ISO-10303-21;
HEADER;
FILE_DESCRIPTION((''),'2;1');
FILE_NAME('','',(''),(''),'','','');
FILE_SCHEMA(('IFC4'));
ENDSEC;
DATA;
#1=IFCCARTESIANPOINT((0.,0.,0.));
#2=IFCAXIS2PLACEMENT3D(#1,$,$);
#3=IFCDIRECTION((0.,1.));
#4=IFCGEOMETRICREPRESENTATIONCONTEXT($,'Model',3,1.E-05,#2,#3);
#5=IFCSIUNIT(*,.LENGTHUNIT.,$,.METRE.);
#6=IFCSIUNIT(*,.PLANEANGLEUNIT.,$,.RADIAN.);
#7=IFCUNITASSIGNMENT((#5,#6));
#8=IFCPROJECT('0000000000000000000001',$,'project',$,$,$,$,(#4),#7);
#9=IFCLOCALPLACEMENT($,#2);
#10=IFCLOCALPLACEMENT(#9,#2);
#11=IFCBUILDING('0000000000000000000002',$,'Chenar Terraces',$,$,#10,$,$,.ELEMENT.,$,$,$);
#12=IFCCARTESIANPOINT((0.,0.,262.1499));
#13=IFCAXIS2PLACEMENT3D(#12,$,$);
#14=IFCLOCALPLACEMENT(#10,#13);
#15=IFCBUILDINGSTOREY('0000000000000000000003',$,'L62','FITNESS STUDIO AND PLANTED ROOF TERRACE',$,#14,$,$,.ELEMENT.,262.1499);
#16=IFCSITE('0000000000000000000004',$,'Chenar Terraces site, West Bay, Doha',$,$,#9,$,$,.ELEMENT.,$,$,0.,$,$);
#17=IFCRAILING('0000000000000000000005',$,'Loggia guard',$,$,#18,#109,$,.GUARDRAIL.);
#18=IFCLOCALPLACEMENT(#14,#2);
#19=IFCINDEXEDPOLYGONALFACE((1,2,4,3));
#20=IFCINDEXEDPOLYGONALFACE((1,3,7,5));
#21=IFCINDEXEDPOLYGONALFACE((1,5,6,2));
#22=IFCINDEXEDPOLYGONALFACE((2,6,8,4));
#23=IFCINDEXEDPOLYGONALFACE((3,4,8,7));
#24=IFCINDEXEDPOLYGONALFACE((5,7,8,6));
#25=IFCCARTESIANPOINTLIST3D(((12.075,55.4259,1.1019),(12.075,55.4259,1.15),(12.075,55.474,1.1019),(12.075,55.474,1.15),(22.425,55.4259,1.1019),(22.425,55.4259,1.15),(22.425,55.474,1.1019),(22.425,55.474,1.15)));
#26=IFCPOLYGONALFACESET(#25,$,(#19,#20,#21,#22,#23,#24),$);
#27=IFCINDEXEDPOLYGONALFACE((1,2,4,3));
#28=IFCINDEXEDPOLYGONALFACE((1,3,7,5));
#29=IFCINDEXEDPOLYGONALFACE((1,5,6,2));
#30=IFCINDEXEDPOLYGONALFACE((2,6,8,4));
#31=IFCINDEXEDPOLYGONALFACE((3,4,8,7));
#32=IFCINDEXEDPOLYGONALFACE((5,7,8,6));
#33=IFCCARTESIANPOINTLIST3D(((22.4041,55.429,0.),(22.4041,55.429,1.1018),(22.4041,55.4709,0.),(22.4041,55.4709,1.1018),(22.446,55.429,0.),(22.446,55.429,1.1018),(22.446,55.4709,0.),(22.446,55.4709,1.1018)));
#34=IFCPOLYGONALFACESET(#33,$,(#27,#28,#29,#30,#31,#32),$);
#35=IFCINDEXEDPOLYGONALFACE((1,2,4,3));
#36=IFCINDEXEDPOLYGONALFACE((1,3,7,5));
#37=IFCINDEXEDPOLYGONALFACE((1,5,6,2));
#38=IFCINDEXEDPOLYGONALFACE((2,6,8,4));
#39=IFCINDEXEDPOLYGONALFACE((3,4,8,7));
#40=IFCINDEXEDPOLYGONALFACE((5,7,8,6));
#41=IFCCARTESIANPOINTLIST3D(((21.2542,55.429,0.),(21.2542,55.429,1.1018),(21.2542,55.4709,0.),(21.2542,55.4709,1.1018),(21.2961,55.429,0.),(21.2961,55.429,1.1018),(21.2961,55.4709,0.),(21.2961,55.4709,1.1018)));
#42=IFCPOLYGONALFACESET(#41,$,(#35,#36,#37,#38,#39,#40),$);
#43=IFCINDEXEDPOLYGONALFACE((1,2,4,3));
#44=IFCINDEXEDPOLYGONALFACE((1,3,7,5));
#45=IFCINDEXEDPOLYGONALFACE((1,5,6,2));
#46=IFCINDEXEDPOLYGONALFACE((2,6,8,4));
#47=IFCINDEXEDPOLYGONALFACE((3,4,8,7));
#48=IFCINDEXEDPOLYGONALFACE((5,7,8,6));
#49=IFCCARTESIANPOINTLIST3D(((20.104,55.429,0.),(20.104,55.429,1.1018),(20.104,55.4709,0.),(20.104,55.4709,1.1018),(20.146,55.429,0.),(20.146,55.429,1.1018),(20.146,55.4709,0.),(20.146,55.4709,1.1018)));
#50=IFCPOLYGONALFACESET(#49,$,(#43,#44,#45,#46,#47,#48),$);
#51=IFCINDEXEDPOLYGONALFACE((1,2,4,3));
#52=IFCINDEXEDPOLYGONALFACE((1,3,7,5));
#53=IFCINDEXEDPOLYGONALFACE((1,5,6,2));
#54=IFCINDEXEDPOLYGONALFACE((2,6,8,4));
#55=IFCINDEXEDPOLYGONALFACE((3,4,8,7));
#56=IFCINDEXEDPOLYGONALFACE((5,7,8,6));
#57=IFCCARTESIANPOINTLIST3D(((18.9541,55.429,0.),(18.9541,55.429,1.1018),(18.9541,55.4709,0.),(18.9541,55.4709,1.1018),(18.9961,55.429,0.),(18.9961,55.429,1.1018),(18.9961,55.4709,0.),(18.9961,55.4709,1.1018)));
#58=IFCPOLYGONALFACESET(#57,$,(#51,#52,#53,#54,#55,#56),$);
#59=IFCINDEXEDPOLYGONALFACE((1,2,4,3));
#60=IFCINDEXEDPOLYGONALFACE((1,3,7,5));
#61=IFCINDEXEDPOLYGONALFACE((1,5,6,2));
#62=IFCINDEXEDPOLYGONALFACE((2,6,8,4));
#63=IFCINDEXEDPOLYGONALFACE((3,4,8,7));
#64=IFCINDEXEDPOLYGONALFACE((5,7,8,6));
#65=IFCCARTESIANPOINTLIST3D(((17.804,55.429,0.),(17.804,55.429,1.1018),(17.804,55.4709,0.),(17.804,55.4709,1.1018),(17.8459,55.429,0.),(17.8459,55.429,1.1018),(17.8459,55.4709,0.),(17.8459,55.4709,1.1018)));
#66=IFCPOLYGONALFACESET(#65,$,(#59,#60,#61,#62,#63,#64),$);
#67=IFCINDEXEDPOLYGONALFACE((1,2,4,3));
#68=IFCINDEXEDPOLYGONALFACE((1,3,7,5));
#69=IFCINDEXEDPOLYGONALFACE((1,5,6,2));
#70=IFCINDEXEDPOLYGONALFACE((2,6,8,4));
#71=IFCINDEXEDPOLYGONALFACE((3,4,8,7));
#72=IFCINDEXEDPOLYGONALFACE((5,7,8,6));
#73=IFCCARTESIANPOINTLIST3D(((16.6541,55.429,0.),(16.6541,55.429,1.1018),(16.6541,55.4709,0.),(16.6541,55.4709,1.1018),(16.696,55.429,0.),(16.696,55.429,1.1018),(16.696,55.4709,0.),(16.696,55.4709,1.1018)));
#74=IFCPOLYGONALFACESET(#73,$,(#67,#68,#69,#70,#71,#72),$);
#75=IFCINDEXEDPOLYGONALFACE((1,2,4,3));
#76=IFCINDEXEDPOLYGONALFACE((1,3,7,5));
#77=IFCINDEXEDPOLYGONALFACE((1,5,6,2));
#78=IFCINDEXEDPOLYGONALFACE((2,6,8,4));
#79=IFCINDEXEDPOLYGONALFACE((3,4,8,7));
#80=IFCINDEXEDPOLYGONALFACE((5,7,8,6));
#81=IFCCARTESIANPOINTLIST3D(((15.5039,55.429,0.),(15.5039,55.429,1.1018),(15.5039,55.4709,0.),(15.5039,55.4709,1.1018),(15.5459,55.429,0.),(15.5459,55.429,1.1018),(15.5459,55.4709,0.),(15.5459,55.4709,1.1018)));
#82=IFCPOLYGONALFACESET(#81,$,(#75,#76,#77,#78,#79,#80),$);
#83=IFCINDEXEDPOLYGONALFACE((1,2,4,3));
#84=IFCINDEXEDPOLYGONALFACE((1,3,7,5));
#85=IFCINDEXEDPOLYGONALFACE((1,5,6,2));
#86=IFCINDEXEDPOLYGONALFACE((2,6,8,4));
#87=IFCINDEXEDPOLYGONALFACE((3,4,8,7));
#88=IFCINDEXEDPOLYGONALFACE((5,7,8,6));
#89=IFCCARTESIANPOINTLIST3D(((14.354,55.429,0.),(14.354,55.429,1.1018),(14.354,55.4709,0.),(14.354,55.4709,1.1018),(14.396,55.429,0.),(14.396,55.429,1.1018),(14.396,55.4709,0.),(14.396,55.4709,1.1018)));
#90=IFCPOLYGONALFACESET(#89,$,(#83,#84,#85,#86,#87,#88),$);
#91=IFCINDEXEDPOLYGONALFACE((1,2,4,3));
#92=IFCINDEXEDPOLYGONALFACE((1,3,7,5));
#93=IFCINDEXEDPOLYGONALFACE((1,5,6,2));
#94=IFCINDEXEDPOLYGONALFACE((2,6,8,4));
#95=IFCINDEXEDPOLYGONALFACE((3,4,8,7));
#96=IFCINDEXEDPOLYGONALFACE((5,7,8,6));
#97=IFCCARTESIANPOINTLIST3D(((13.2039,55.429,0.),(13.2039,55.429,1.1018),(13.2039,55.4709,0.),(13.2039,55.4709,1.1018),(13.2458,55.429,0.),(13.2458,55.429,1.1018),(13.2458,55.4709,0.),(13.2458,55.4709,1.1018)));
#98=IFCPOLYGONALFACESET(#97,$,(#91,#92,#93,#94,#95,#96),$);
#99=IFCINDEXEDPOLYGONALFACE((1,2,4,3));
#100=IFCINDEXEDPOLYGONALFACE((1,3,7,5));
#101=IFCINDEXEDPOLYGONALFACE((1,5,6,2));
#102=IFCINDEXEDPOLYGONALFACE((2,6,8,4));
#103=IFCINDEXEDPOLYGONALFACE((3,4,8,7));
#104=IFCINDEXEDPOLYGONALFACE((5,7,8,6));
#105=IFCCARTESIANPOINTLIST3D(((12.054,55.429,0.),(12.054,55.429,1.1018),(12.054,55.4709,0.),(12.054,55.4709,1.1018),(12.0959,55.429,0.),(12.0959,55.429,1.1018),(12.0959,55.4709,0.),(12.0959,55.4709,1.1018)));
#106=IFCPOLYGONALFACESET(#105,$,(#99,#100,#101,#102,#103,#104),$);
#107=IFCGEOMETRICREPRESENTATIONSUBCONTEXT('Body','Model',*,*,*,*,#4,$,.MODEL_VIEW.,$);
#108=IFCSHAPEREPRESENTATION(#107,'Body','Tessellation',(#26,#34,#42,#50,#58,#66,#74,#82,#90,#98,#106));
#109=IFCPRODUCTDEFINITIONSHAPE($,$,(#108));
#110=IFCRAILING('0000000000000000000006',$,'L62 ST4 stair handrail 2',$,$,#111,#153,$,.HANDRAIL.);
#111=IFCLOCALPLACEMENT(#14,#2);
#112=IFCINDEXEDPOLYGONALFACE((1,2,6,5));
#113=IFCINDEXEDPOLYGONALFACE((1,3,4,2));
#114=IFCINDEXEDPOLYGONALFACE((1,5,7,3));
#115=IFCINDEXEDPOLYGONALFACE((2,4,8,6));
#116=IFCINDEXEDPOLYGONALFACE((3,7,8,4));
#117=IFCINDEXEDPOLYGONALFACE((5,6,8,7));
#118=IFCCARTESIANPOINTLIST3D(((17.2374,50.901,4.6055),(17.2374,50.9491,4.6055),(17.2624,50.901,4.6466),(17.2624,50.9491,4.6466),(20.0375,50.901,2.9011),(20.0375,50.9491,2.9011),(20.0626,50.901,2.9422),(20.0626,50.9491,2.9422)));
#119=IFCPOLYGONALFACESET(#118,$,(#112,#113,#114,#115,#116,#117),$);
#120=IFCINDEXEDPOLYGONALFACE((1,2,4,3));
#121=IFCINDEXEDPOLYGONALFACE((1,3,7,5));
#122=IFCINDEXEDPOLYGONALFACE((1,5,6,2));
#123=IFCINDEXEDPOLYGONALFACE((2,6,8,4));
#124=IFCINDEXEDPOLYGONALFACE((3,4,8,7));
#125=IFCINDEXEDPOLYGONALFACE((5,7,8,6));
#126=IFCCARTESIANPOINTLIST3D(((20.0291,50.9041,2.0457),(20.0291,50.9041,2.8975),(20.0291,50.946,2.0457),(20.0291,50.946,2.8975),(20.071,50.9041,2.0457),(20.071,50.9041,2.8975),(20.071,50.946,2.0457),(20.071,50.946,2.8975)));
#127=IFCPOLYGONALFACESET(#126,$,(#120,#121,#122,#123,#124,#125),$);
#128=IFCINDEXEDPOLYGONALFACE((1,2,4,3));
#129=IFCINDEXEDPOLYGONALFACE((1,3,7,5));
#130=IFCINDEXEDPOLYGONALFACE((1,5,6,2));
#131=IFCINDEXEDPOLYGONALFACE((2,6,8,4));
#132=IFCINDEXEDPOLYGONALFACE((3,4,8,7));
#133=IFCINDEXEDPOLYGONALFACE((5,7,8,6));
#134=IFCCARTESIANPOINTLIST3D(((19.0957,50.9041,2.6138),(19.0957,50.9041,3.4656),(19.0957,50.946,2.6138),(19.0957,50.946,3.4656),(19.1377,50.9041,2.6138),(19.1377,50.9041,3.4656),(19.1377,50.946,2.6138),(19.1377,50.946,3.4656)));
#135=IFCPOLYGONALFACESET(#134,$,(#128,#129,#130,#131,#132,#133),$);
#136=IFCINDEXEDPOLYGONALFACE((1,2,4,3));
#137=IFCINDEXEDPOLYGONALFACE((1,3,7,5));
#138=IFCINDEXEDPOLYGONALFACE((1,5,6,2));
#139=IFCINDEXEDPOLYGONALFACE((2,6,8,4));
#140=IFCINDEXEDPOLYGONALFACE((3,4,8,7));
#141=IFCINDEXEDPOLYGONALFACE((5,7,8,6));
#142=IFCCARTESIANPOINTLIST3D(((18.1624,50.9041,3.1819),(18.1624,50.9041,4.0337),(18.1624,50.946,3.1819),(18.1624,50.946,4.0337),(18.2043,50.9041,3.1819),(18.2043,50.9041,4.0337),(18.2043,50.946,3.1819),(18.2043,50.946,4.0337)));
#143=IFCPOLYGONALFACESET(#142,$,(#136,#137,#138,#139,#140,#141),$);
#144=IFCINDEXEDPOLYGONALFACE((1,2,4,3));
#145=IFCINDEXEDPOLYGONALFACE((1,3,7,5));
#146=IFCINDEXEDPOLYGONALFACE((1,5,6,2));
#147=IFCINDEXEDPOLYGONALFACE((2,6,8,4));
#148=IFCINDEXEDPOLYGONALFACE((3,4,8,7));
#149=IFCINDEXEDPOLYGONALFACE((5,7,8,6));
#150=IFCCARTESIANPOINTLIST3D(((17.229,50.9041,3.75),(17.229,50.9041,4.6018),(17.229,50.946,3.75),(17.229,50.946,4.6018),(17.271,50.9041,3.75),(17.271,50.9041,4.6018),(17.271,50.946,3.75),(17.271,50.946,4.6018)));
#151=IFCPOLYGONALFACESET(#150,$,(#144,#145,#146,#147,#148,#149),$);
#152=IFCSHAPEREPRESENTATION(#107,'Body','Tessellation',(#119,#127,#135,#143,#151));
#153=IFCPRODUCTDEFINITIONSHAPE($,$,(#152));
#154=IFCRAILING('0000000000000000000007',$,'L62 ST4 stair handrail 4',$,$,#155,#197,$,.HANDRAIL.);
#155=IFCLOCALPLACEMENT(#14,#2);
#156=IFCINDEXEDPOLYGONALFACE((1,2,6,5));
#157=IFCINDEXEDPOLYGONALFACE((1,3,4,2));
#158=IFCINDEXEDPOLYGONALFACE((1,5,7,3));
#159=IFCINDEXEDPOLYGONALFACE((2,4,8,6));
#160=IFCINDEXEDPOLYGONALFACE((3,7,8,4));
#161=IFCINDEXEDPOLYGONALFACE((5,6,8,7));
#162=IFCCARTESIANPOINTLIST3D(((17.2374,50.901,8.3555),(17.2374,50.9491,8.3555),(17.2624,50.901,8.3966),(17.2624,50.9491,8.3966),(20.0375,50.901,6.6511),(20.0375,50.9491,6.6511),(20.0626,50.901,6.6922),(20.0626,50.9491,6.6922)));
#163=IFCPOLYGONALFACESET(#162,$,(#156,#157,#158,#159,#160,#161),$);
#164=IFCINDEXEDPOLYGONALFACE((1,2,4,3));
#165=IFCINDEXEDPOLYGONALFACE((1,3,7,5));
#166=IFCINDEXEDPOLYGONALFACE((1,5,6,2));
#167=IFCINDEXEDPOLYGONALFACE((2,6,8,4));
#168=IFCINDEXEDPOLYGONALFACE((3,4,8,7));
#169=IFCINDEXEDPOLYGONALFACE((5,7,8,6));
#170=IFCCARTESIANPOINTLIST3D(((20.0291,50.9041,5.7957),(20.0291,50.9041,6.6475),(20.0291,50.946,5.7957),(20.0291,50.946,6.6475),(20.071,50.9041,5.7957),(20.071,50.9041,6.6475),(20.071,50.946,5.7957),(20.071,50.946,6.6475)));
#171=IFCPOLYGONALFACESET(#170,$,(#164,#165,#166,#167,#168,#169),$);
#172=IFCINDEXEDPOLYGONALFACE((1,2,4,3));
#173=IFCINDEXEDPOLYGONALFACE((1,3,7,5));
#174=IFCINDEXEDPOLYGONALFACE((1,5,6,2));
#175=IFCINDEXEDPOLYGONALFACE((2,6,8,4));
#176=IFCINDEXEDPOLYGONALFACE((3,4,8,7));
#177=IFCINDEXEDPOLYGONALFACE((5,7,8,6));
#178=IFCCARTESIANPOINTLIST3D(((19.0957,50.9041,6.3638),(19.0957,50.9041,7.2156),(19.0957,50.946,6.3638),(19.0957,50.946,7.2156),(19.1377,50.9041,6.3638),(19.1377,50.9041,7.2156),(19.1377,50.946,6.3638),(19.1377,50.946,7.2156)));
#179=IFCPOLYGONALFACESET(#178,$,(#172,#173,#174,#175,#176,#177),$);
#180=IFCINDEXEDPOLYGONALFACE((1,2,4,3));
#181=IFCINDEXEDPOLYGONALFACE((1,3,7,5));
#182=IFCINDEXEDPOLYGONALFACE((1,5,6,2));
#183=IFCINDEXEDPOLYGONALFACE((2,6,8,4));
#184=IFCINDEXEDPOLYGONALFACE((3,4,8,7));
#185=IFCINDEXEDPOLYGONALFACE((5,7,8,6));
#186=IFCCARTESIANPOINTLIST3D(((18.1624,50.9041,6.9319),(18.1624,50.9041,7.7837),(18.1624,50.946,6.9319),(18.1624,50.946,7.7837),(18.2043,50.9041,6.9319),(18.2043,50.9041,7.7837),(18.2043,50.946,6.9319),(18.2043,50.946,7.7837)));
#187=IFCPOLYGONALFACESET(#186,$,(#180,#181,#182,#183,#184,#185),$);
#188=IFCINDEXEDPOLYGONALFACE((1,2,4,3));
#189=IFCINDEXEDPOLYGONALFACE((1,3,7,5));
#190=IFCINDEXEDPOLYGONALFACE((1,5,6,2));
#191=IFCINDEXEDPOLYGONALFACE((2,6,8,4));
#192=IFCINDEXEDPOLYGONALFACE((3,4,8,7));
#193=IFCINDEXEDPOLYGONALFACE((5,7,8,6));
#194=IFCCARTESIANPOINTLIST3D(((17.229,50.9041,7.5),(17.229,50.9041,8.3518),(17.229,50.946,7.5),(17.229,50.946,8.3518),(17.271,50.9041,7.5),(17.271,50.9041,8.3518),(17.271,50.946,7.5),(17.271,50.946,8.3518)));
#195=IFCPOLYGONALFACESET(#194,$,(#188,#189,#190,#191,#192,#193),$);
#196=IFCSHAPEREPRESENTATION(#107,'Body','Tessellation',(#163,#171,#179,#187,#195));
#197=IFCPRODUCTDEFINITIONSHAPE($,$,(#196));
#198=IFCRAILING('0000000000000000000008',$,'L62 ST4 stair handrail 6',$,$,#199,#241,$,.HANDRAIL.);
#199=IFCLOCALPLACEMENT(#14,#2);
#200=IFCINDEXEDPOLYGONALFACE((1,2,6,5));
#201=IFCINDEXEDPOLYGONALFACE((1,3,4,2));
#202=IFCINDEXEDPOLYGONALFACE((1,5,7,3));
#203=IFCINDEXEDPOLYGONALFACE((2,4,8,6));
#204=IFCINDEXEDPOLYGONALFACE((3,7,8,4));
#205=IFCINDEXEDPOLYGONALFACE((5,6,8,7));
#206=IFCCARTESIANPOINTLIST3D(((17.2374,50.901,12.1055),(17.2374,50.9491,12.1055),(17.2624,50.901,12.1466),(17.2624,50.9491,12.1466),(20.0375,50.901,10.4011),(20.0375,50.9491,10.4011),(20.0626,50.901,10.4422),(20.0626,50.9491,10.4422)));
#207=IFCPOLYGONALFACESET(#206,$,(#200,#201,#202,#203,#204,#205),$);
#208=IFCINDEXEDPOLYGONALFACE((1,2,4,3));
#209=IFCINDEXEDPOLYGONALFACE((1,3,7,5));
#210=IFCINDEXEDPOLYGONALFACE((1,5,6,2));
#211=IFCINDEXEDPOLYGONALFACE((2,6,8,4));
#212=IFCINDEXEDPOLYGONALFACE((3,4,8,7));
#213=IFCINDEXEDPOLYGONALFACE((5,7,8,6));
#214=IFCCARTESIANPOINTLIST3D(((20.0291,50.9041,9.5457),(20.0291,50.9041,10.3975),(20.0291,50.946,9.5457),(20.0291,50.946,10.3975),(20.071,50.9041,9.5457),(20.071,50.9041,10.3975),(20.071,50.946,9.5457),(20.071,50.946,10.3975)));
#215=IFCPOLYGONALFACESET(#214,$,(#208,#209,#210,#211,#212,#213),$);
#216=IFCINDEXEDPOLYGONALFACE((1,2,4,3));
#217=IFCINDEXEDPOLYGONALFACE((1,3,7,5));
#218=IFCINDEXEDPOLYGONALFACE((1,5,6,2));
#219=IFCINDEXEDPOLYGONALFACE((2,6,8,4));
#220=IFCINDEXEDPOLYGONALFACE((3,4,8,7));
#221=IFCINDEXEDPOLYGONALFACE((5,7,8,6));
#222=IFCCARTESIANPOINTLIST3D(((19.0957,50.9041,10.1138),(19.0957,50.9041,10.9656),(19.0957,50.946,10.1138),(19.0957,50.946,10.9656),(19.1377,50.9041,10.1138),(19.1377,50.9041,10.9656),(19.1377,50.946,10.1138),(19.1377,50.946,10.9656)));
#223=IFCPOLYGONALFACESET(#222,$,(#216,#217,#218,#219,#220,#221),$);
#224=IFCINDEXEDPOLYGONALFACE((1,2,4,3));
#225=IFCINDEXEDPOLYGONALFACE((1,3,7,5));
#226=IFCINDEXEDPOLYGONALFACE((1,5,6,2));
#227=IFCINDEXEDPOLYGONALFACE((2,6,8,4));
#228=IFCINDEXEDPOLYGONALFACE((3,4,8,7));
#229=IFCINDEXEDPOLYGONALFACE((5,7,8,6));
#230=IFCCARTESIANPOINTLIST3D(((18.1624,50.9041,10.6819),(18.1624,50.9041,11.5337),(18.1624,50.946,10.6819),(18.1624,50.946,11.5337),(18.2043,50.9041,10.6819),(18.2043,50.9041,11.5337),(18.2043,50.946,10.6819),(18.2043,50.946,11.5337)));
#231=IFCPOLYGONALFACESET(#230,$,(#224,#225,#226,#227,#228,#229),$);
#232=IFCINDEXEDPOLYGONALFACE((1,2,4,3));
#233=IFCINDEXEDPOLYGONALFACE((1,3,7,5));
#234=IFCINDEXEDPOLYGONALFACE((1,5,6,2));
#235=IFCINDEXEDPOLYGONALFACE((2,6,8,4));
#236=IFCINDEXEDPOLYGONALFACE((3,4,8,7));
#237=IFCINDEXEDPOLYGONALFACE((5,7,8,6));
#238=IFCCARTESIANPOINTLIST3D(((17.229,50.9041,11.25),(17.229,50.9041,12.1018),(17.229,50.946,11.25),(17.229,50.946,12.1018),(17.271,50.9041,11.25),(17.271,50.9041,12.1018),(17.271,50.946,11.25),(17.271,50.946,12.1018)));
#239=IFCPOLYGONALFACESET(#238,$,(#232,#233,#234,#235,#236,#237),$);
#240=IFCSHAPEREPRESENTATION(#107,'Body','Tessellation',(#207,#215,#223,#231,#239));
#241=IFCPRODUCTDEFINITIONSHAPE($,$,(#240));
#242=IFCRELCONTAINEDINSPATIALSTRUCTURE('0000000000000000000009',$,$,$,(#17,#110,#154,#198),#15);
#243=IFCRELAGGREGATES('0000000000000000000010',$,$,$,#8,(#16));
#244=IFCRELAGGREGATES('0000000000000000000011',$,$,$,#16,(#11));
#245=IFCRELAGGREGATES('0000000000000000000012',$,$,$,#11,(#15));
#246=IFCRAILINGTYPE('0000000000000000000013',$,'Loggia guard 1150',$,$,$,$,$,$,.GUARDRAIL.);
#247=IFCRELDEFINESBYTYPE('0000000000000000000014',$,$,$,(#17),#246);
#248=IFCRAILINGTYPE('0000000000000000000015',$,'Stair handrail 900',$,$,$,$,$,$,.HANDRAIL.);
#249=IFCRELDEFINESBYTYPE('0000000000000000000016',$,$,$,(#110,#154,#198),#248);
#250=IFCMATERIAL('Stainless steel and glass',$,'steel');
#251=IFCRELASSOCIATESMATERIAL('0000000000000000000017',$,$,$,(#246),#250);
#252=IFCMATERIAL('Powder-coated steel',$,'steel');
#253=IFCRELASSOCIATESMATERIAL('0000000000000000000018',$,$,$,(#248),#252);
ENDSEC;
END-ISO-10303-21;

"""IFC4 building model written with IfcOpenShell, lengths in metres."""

from ifc_helpers import new_model, si_unit, direction, frame, origin, origin_2d, place, context, subcontext, project, spatial, rectangle, extrude, material, type_object, element, save


model = new_model("IFC4")

# Units and contexts
model_context = context("Model", 3, precision=1e-05, world=origin(), true_north=direction((0.0, 1.0)))
body_context = subcontext(model_context, "Body", "Model", "MODEL_VIEW")
ifc_project = project(units=[si_unit("LENGTHUNIT", "METRE"), si_unit("PLANEANGLEUNIT", "RADIAN")], contexts=[model_context])

# Site, building, storey
site_placement = place(None, origin())
site = spatial("IfcSite", under=ifc_project, at=site_placement, Name="Chenar Terraces site, West Bay, Doha", CompositionType="ELEMENT", RefElevation=0.0)
building_placement = place(site_placement, origin())
building = spatial("IfcBuilding", under=site, at=building_placement, Name="Chenar Terraces", CompositionType="ELEMENT")
storey_placement = place(building_placement, frame((0.0, 0.0, 262.1499)))
storey = spatial("IfcBuildingStorey", under=building, at=storey_placement, Name="L62", Description="FITNESS STUDIO AND PLANTED ROOF TERRACE", CompositionType="ELEMENT", Elevation=262.1499)

# Railings
ifc_material_1 = material(Name="Stainless steel and glass", Category="steel")
railing_type_1 = type_object("IfcRailingType", Name="Loggia guard 1150", PredefinedType="GUARDRAIL", material=ifc_material_1)
railing_1_placement = place(storey_placement, frame((22.425, 55.45, 0.0)))
element("IfcRailing", 1, at=railing_1_placement, inside=storey, type_object=railing_type_1, Name="Loggia guard", PredefinedType="GUARDRAIL", context=body_context, shape_type="SweptSolid", body=[
    extrude(rectangle(XDim=0.0481, YDim=0.0481, at=origin_2d()), frame((0.0, 0.0, 1.126), z_axis=(-1.0, 0.0, 0.0), x_axis=(0.0, -1.0, 0.0)), (0.0, 0.0, 1.0), 10.3501),
    extrude(rectangle(XDim=0.042, YDim=0.042, at=origin_2d()), origin(), (0.0, 0.0, 1.0), 1.1018),
    extrude(rectangle(XDim=0.042, YDim=0.042, at=origin_2d()), frame((-1.1499, 0.0, 0.0)), (0.0, 0.0, 1.0), 1.1018),
    extrude(rectangle(XDim=0.042, YDim=0.042, at=origin_2d()), frame((-2.3, 0.0, 0.0)), (0.0, 0.0, 1.0), 1.1018),
    extrude(rectangle(XDim=0.042, YDim=0.042, at=origin_2d()), frame((-3.45, 0.0, 0.0)), (0.0, 0.0, 1.0), 1.1018),
    extrude(rectangle(XDim=0.042, YDim=0.042, at=origin_2d()), frame((-4.6001, 0.0, 0.0)), (0.0, 0.0, 1.0), 1.1018),
    extrude(rectangle(XDim=0.042, YDim=0.042, at=origin_2d()), frame((-5.75, 0.0, 0.0)), (0.0, 0.0, 1.0), 1.1018),
    extrude(rectangle(XDim=0.042, YDim=0.042, at=origin_2d()), frame((-6.9001, 0.0, 0.0)), (0.0, 0.0, 1.0), 1.1018),
    extrude(rectangle(XDim=0.042, YDim=0.042, at=origin_2d()), frame((-8.05, 0.0, 0.0)), (0.0, 0.0, 1.0), 1.1018),
    extrude(rectangle(XDim=0.042, YDim=0.042, at=origin_2d()), frame((-9.2002, 0.0, 0.0)), (0.0, 0.0, 1.0), 1.1018),
    extrude(rectangle(XDim=0.042, YDim=0.042, at=origin_2d()), frame((-10.3501, 0.0, 0.0)), (0.0, 0.0, 1.0), 1.1018),
])
ifc_material_2 = material(Name="Powder-coated steel", Category="steel")
railing_type_2 = type_object("IfcRailingType", Name="Stair handrail 900", PredefinedType="HANDRAIL", material=ifc_material_2)
for number, where, name in (
    (2, (20.05, 50.925, 2.0457), "L62 ST4 stair handrail 2"),
    (3, (20.05, 50.925, 5.7957), "L62 ST4 stair handrail 4"),
    (4, (20.05, 50.925, 9.5457), "L62 ST4 stair handrail 6"),
):
    element("IfcRailing", number, at=place(storey_placement, frame(where)), inside=storey, type_object=railing_type_2, Name=name, PredefinedType="HANDRAIL", context=body_context, shape_type="SweptSolid", body=[
        extrude(rectangle(XDim=0.0481, YDim=0.0481, at=origin_2d()), frame((0.0, 0.0, 0.876), z_axis=(-0.854203, 0.0, 0.51994), x_axis=(0.0, -1.0, 0.0)), (0.0, 0.0, 1.0), 3.2781),
        extrude(rectangle(XDim=0.042, YDim=0.042, at=origin_2d()), origin(), (0.0, 0.0, 1.0), 0.8518),
        extrude(rectangle(XDim=0.042, YDim=0.042, at=origin_2d()), frame((-0.9333, 0.0, 0.5681)), (0.0, 0.0, 1.0), 0.8518),
        extrude(rectangle(XDim=0.042, YDim=0.042, at=origin_2d()), frame((-1.8667, 0.0, 1.1362)), (0.0, 0.0, 1.0), 0.8518),
        extrude(rectangle(XDim=0.042, YDim=0.042, at=origin_2d()), frame((-2.8, 0.0, 1.7043)), (0.0, 0.0, 1.0), 0.8518),
    ])

save(model, "model.ifc")
